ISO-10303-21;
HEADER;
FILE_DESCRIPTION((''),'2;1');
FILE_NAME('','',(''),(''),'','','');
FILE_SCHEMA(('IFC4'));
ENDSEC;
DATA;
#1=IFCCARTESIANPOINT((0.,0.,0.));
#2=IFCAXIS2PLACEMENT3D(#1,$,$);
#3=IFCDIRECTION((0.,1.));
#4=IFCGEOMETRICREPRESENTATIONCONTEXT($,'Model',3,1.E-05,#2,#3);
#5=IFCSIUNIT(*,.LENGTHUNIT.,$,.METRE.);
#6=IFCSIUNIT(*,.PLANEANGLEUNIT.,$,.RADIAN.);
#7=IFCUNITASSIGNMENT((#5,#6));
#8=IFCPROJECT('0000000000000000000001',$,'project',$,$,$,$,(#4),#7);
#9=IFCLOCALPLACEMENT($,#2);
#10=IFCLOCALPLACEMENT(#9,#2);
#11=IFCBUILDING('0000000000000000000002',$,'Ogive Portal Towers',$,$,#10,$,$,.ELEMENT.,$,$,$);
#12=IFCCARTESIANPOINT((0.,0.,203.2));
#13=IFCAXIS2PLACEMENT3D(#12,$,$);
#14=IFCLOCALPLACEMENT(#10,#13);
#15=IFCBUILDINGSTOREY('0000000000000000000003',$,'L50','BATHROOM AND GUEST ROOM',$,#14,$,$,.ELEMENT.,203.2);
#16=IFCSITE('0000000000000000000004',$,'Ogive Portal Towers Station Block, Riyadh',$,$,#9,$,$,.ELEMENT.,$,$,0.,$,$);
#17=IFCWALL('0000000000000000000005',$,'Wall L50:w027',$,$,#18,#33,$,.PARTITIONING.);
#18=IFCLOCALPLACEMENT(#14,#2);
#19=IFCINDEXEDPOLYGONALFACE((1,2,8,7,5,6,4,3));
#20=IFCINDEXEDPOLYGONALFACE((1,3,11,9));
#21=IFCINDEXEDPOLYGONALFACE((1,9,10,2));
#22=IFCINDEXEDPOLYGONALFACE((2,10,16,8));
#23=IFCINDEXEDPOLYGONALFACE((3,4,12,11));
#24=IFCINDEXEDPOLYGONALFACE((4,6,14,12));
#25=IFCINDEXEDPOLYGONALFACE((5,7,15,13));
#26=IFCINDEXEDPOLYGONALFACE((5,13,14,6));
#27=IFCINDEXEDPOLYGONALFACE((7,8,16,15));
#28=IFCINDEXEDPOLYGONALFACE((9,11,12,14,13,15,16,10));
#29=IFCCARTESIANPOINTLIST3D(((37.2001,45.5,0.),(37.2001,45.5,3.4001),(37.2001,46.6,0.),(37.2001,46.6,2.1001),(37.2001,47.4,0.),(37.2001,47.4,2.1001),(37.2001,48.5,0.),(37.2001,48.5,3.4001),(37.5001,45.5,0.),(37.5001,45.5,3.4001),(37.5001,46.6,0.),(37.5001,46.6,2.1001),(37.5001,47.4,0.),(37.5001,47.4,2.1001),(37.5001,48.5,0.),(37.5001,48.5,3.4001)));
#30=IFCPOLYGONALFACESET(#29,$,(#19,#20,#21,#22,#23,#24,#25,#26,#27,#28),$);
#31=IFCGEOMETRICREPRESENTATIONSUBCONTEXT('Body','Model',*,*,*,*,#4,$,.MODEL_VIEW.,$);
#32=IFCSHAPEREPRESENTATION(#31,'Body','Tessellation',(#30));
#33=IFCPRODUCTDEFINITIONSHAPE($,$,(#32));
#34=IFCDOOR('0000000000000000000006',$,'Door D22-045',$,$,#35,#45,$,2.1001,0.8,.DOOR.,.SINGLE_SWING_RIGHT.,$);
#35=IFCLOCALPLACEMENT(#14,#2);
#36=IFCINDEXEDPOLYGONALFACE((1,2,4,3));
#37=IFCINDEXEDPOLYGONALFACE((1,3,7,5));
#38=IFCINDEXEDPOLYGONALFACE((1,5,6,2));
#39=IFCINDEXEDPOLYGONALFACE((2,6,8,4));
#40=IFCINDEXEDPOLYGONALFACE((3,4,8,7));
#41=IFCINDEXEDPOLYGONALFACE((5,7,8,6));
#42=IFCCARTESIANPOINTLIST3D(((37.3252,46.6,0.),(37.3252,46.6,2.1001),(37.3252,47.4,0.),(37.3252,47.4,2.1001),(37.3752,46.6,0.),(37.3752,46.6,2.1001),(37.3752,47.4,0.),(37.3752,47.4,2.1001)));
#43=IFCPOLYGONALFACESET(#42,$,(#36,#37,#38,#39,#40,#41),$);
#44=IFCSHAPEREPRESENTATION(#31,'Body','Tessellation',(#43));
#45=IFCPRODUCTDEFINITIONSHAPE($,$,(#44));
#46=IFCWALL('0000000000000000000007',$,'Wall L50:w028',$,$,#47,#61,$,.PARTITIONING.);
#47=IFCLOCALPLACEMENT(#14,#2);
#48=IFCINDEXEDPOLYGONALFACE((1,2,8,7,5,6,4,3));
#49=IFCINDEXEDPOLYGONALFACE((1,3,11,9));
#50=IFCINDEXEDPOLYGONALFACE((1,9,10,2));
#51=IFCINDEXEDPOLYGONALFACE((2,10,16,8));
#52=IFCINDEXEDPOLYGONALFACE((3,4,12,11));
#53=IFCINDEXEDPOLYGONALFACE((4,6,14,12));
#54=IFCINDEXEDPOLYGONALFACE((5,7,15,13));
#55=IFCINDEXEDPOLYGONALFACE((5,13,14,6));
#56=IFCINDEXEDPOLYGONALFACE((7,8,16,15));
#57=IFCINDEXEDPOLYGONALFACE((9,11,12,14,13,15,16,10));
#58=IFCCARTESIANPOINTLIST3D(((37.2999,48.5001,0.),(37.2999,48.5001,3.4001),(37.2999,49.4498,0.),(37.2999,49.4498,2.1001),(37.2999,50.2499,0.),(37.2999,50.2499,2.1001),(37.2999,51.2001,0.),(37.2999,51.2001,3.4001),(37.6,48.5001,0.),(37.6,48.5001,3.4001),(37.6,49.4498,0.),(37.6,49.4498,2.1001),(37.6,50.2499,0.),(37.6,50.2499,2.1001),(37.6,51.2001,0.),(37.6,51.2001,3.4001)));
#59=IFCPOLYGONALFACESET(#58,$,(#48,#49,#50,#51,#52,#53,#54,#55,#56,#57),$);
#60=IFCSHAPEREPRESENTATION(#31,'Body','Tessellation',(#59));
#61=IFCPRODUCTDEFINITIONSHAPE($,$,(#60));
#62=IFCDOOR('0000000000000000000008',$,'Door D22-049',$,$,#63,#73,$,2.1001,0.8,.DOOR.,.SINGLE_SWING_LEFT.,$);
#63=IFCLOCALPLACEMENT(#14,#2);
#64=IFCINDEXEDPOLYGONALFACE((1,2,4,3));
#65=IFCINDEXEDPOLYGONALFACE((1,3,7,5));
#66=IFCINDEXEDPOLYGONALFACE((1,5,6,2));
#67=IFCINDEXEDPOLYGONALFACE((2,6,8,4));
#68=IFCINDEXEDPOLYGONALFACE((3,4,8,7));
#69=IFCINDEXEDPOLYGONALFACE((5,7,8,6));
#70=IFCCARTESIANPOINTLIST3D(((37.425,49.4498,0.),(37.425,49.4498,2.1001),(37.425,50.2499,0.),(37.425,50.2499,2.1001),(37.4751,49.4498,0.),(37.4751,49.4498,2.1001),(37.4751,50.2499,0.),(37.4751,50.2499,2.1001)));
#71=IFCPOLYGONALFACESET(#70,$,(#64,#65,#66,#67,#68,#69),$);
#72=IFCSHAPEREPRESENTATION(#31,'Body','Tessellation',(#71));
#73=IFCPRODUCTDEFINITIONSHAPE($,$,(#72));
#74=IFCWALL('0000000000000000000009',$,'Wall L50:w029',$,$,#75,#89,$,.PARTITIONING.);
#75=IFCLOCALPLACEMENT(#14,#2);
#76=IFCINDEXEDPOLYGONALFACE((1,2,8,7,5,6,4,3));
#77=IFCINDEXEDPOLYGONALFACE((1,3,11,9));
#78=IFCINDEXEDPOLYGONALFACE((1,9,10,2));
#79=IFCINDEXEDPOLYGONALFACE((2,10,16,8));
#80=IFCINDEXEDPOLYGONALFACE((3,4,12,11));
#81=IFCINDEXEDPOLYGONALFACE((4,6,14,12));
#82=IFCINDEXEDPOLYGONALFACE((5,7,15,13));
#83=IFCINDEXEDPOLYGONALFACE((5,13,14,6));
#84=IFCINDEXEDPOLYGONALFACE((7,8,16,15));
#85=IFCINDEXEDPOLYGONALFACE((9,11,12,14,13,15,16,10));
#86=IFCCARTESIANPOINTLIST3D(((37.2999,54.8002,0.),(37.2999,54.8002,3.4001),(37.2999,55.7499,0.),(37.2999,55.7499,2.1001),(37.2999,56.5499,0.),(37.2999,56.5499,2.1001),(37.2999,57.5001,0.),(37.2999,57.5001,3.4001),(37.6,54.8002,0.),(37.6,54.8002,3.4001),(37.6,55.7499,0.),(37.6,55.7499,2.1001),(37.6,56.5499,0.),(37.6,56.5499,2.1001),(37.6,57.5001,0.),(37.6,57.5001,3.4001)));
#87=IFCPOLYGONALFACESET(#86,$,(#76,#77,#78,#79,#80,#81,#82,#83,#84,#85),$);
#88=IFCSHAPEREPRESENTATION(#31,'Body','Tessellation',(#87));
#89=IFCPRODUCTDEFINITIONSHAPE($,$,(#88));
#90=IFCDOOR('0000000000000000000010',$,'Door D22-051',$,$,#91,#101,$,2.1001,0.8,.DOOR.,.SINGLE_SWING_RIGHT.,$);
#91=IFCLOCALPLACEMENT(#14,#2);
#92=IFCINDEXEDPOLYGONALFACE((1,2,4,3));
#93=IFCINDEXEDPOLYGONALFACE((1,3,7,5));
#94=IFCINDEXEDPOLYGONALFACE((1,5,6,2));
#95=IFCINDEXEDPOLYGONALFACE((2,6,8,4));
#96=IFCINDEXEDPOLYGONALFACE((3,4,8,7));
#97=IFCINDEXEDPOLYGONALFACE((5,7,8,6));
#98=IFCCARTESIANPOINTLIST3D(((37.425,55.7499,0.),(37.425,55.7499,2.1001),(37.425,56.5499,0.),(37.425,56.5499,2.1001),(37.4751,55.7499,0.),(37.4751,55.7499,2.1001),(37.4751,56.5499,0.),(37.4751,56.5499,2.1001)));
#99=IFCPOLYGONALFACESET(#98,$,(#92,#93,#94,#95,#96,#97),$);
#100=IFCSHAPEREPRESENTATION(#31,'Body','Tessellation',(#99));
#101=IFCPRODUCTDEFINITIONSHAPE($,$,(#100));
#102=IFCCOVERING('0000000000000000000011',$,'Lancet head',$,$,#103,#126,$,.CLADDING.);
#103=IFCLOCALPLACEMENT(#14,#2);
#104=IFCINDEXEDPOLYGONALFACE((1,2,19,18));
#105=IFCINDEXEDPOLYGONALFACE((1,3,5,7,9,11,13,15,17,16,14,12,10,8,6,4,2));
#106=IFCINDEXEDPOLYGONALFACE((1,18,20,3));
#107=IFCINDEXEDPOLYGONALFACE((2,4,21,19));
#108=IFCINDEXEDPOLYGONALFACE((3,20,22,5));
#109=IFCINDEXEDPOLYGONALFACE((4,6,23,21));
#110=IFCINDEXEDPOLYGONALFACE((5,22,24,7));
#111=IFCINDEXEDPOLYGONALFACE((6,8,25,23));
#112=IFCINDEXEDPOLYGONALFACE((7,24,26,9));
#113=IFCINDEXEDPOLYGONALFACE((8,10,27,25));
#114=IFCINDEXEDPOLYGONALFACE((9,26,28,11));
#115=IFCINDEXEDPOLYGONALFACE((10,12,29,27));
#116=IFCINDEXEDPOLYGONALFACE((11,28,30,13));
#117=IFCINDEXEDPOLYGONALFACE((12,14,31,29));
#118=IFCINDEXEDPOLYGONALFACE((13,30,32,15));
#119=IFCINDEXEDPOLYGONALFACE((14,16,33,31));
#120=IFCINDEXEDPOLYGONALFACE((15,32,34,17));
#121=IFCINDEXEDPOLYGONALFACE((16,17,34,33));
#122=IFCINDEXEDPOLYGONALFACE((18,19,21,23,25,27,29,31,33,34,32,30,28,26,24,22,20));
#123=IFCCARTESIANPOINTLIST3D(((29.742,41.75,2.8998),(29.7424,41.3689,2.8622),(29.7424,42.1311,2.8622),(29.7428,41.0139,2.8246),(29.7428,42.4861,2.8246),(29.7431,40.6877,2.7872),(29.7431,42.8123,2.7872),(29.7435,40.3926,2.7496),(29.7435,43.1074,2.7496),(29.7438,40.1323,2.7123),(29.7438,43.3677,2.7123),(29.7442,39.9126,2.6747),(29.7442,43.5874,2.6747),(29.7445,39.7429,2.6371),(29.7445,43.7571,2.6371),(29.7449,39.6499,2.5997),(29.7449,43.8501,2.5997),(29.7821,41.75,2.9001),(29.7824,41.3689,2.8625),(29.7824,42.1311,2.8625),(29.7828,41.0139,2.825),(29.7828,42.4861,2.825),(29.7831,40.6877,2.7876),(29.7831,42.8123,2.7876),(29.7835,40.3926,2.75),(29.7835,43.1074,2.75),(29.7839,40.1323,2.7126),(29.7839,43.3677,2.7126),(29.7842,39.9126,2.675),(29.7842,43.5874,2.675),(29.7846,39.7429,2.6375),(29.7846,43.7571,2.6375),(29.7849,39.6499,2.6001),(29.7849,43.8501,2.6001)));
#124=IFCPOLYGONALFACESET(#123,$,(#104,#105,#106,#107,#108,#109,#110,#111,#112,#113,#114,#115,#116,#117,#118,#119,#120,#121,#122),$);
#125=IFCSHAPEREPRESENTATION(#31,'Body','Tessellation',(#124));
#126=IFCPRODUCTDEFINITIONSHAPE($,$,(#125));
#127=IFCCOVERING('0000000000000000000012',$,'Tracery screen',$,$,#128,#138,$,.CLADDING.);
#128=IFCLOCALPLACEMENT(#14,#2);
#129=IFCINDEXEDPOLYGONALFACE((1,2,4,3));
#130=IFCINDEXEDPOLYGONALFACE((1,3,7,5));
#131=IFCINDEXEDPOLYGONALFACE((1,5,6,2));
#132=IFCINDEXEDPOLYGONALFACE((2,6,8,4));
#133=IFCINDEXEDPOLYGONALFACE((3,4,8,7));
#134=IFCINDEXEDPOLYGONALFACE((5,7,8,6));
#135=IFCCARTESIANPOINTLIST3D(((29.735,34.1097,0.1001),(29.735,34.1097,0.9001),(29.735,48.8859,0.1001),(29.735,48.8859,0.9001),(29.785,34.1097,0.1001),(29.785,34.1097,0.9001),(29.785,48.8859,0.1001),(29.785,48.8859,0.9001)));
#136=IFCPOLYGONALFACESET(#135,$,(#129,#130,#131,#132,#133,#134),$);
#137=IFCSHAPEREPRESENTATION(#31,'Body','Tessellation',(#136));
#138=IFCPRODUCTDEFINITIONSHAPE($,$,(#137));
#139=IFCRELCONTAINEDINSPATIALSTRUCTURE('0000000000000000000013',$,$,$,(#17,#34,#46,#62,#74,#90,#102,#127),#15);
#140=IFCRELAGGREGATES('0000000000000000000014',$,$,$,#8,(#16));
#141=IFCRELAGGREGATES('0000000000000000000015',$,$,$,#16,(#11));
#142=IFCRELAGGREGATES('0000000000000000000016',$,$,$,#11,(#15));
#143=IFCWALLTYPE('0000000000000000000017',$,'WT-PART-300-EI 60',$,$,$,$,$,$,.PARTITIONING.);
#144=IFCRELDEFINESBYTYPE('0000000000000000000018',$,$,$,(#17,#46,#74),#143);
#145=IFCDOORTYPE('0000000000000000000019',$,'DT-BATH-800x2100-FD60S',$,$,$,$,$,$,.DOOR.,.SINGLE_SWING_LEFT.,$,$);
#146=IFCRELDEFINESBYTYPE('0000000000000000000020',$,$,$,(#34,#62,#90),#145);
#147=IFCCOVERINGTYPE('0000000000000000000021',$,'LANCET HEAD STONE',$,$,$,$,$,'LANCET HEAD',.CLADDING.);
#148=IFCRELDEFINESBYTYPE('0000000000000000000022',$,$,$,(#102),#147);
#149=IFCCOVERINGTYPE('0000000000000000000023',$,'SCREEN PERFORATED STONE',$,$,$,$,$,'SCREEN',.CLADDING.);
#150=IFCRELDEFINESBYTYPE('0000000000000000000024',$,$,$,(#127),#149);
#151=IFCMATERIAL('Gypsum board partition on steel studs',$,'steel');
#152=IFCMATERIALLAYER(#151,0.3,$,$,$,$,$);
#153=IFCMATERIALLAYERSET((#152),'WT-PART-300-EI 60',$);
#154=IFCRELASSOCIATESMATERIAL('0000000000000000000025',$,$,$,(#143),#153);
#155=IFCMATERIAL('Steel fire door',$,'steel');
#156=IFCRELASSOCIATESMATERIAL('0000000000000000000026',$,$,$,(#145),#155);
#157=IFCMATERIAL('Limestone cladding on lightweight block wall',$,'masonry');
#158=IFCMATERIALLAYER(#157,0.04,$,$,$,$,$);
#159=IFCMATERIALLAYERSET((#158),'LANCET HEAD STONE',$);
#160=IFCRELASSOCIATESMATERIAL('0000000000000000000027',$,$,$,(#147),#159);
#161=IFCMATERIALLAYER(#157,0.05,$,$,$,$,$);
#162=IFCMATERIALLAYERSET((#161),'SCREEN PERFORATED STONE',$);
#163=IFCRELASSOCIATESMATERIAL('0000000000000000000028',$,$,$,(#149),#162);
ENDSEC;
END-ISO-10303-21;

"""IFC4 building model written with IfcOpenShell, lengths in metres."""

from ifc_helpers import new_model, si_unit, direction, frame, frame_2d, origin, origin_2d, place, context, subcontext, project, spatial, polyline, rectangle, outline, extrude, material, layer, layer_set, type_object, element, fill, save


model = new_model("IFC4")

# Units and contexts
model_context = context("Model", 3, precision=1e-05, world=origin(), true_north=direction((0.0, 1.0)))
body_context = subcontext(model_context, "Body", "Model", "MODEL_VIEW")
ifc_project = project(units=[si_unit("LENGTHUNIT", "METRE"), si_unit("PLANEANGLEUNIT", "RADIAN")], contexts=[model_context])

# Site, building, storey
site_placement = place(None, origin())
site = spatial("IfcSite", under=ifc_project, at=site_placement, Name="Ogive Portal Towers Station Block, Riyadh", CompositionType="ELEMENT", RefElevation=0.0)
building_placement = place(site_placement, origin())
building = spatial("IfcBuilding", under=site, at=building_placement, Name="Ogive Portal Towers", CompositionType="ELEMENT")
storey_placement = place(building_placement, frame((0.0, 0.0, 203.2)))
storey = spatial("IfcBuildingStorey", under=building, at=storey_placement, Name="L50", Description="BATHROOM AND GUEST ROOM", CompositionType="ELEMENT", Elevation=203.2)

# Shared definitions
ifc_material_1 = material(Name="Limestone cladding on lightweight block wall", Category="masonry")

# Shared definitions
ifc_material_2 = material(Name="Gypsum board partition on steel studs", Category="steel")
ifc_layer_1 = layer(ifc_material_2, 0.3)
ifc_layer_set_1 = layer_set([ifc_layer_1], Name="WT-PART-300-EI 60")
wall_type_1 = type_object("IfcWallType", Name="WT-PART-300-EI 60", PredefinedType="PARTITIONING", material=ifc_layer_set_1)

# Walls, openings, doors
wall_1_placement = place(storey_placement, frame((37.3501, 45.5, 0.0), z_axis=(0.0, 0.0, 1.0), x_axis=(0.0, 1.0, 0.0)))
wall_1 = element("IfcWall", 1, at=wall_1_placement, inside=storey, type_object=wall_type_1, Name="Wall L50:w027", PredefinedType="PARTITIONING", context=body_context, shape_type="SweptSolid", body=[
    extrude(rectangle(XDim=3.0, YDim=0.3, at=frame_2d((1.5, 0.0))), origin(), (0.0, 0.0, 1.0), 3.4001),
])
opening_1_placement = place(wall_1_placement, frame((1.1001, 0.0, 0.0)))
opening_1 = element("IfcOpeningElement", 2, at=opening_1_placement, cuts=wall_1, PredefinedType="OPENING", context=body_context, shape_type="SweptSolid", body=[
    extrude(rectangle(XDim=0.8, YDim=2.1001, at=frame_2d((0.3999, 1.05))), frame((0.0, 0.1602, 0.0), z_axis=(0.0, -1.0, 0.0), x_axis=(1.0, 0.0, 0.0)), (0.0, 0.0, 1.0), 0.3201),
])
ifc_material_3 = material(Name="Steel fire door", Category="steel")
door_type = type_object("IfcDoorType", Name="DT-BATH-800x2100-FD60S", OperationType="SINGLE_SWING_LEFT", PredefinedType="DOOR", material=ifc_material_3)
door_1_placement = place(opening_1_placement, origin())
door_1 = element("IfcDoor", 3, at=door_1_placement, inside=storey, type_object=door_type, Name="Door D22-045", OperationType="SINGLE_SWING_RIGHT", OverallHeight=2.1001, OverallWidth=0.8, PredefinedType="DOOR", context=body_context, shape_type="SweptSolid", body=[
    extrude(rectangle(XDim=0.8, YDim=2.1001, at=frame_2d((0.3999, 1.05))), frame((0.0, 0.0249, 0.0), z_axis=(0.0, -1.0, 0.0), x_axis=(1.0, 0.0, 0.0)), (0.0, 0.0, 1.0), 0.05),
])
fill(opening_1, door_1)
wall_2_placement = place(storey_placement, frame((37.45, 48.5, 0.0), z_axis=(0.0, 0.0, 1.0), x_axis=(0.0, 1.0, 0.0)))
wall_2 = element("IfcWall", 4, at=wall_2_placement, inside=storey, type_object=wall_type_1, Name="Wall L50:w028", PredefinedType="PARTITIONING", context=body_context, shape_type="SweptSolid", body=[
    extrude(rectangle(XDim=2.7, YDim=0.3, at=frame_2d((1.3501, 0.0))), origin(), (0.0, 0.0, 1.0), 3.4001),
])
opening_2_placement = place(wall_2_placement, frame((0.95, 0.0, 0.0)))
opening_2 = element("IfcOpeningElement", 5, at=opening_2_placement, cuts=wall_2, PredefinedType="OPENING", context=body_context, shape_type="SweptSolid", body=[
    extrude(rectangle(XDim=0.8, YDim=2.1001, at=frame_2d((0.3999, 1.05))), frame((0.0, 0.1602, 0.0), z_axis=(0.0, -1.0, 0.0), x_axis=(1.0, 0.0, 0.0)), (0.0, 0.0, 1.0), 0.3201),
])
door_2_placement = place(opening_2_placement, origin())
door_2 = element("IfcDoor", 6, at=door_2_placement, inside=storey, type_object=door_type, Name="Door D22-049", OperationType="SINGLE_SWING_LEFT", OverallHeight=2.1001, OverallWidth=0.8, PredefinedType="DOOR", context=body_context, shape_type="SweptSolid", body=[
    extrude(rectangle(XDim=0.8, YDim=2.1001, at=frame_2d((0.3999, 1.05))), frame((0.0, 0.0249, 0.0), z_axis=(0.0, -1.0, 0.0), x_axis=(1.0, 0.0, 0.0)), (0.0, 0.0, 1.0), 0.05),
])
fill(opening_2, door_2)
wall_3_placement = place(storey_placement, frame((37.45, 54.8, 0.0), z_axis=(0.0, 0.0, 1.0), x_axis=(0.0, 1.0, 0.0)))
wall_3 = element("IfcWall", 7, at=wall_3_placement, inside=storey, type_object=wall_type_1, Name="Wall L50:w029", PredefinedType="PARTITIONING", context=body_context, shape_type="SweptSolid", body=[
    extrude(rectangle(XDim=2.7, YDim=0.3, at=frame_2d((1.3501, 0.0))), origin(), (0.0, 0.0, 1.0), 3.4001),
])
opening_3_placement = place(wall_3_placement, frame((0.95, 0.0, 0.0)))
opening_3 = element("IfcOpeningElement", 8, at=opening_3_placement, cuts=wall_3, PredefinedType="OPENING", context=body_context, shape_type="SweptSolid", body=[
    extrude(rectangle(XDim=0.8, YDim=2.1001, at=frame_2d((0.3999, 1.05))), frame((0.0, 0.1602, 0.0), z_axis=(0.0, -1.0, 0.0), x_axis=(1.0, 0.0, 0.0)), (0.0, 0.0, 1.0), 0.3201),
])
door_3_placement = place(opening_3_placement, origin())
door_3 = element("IfcDoor", 9, at=door_3_placement, inside=storey, type_object=door_type, Name="Door D22-051", OperationType="SINGLE_SWING_RIGHT", OverallHeight=2.1001, OverallWidth=0.8, PredefinedType="DOOR", context=body_context, shape_type="SweptSolid", body=[
    extrude(rectangle(XDim=0.8, YDim=2.1001, at=frame_2d((0.3999, 1.05))), frame((0.0, 0.0249, 0.0), z_axis=(0.0, -1.0, 0.0), x_axis=(1.0, 0.0, 0.0)), (0.0, 0.0, 1.0), 0.05),
])
fill(opening_3, door_3)

# Coverings
ifc_layer_2 = layer(ifc_material_1, 0.04)
ifc_layer_set_2 = layer_set([ifc_layer_2], Name="LANCET HEAD STONE")
covering_type_1 = type_object("IfcCoveringType", Name="LANCET HEAD STONE", ElementType="LANCET HEAD", PredefinedType="CLADDING", material=ifc_layer_set_2)
covering_1_placement = place(storey_placement, frame((29.7849, 43.8501, 2.6001), z_axis=(0.999956, 0.0, 0.009428), x_axis=(0.0, -1.0, 0.0)))
element("IfcCovering", 10, at=covering_1_placement, inside=storey, type_object=covering_type_1, Name="Lancet head", PredefinedType="CLADDING", context=body_context, shape_type="SweptSolid", body=[
    extrude(outline(polyline([(0.0, 0.0), (4.2002, 0.0), (4.1072, -0.0374), (3.9375, -0.075), (3.7178, -0.1126), (3.4575, -0.1499), (3.1624, -0.1875), (2.8362, -0.2249), (2.4812, -0.2625), (2.1001, -0.3001), (1.719, -0.2625), (1.364, -0.2249), (1.0378, -0.1875), (0.7427, -0.1499), (0.4824, -0.1126), (0.2627, -0.075), (0.093, -0.0374), (0.0, 0.0)])), origin(), (0.0, 0.0, -1.0), 0.04),
])
ifc_layer_3 = layer(ifc_material_1, 0.05)
ifc_layer_set_3 = layer_set([ifc_layer_3], Name="SCREEN PERFORATED STONE")
covering_type_2 = type_object("IfcCoveringType", Name="SCREEN PERFORATED STONE", ElementType="SCREEN", PredefinedType="CLADDING", material=ifc_layer_set_3)
covering_2_placement = place(storey_placement, frame((29.76, 41.4978, 0.1001), z_axis=(0.0, 0.0, 1.0), x_axis=(0.0, -1.0, 0.0)))
element("IfcCovering", 11, at=covering_2_placement, inside=storey, type_object=covering_type_2, Name="Tracery screen", PredefinedType="CLADDING", context=body_context, shape_type="SweptSolid", body=[
    extrude(rectangle(XDim=14.7761, YDim=0.05, at=origin_2d()), origin(), (0.0, 0.0, 1.0), 0.8),
])

save(model, "model.ifc")
